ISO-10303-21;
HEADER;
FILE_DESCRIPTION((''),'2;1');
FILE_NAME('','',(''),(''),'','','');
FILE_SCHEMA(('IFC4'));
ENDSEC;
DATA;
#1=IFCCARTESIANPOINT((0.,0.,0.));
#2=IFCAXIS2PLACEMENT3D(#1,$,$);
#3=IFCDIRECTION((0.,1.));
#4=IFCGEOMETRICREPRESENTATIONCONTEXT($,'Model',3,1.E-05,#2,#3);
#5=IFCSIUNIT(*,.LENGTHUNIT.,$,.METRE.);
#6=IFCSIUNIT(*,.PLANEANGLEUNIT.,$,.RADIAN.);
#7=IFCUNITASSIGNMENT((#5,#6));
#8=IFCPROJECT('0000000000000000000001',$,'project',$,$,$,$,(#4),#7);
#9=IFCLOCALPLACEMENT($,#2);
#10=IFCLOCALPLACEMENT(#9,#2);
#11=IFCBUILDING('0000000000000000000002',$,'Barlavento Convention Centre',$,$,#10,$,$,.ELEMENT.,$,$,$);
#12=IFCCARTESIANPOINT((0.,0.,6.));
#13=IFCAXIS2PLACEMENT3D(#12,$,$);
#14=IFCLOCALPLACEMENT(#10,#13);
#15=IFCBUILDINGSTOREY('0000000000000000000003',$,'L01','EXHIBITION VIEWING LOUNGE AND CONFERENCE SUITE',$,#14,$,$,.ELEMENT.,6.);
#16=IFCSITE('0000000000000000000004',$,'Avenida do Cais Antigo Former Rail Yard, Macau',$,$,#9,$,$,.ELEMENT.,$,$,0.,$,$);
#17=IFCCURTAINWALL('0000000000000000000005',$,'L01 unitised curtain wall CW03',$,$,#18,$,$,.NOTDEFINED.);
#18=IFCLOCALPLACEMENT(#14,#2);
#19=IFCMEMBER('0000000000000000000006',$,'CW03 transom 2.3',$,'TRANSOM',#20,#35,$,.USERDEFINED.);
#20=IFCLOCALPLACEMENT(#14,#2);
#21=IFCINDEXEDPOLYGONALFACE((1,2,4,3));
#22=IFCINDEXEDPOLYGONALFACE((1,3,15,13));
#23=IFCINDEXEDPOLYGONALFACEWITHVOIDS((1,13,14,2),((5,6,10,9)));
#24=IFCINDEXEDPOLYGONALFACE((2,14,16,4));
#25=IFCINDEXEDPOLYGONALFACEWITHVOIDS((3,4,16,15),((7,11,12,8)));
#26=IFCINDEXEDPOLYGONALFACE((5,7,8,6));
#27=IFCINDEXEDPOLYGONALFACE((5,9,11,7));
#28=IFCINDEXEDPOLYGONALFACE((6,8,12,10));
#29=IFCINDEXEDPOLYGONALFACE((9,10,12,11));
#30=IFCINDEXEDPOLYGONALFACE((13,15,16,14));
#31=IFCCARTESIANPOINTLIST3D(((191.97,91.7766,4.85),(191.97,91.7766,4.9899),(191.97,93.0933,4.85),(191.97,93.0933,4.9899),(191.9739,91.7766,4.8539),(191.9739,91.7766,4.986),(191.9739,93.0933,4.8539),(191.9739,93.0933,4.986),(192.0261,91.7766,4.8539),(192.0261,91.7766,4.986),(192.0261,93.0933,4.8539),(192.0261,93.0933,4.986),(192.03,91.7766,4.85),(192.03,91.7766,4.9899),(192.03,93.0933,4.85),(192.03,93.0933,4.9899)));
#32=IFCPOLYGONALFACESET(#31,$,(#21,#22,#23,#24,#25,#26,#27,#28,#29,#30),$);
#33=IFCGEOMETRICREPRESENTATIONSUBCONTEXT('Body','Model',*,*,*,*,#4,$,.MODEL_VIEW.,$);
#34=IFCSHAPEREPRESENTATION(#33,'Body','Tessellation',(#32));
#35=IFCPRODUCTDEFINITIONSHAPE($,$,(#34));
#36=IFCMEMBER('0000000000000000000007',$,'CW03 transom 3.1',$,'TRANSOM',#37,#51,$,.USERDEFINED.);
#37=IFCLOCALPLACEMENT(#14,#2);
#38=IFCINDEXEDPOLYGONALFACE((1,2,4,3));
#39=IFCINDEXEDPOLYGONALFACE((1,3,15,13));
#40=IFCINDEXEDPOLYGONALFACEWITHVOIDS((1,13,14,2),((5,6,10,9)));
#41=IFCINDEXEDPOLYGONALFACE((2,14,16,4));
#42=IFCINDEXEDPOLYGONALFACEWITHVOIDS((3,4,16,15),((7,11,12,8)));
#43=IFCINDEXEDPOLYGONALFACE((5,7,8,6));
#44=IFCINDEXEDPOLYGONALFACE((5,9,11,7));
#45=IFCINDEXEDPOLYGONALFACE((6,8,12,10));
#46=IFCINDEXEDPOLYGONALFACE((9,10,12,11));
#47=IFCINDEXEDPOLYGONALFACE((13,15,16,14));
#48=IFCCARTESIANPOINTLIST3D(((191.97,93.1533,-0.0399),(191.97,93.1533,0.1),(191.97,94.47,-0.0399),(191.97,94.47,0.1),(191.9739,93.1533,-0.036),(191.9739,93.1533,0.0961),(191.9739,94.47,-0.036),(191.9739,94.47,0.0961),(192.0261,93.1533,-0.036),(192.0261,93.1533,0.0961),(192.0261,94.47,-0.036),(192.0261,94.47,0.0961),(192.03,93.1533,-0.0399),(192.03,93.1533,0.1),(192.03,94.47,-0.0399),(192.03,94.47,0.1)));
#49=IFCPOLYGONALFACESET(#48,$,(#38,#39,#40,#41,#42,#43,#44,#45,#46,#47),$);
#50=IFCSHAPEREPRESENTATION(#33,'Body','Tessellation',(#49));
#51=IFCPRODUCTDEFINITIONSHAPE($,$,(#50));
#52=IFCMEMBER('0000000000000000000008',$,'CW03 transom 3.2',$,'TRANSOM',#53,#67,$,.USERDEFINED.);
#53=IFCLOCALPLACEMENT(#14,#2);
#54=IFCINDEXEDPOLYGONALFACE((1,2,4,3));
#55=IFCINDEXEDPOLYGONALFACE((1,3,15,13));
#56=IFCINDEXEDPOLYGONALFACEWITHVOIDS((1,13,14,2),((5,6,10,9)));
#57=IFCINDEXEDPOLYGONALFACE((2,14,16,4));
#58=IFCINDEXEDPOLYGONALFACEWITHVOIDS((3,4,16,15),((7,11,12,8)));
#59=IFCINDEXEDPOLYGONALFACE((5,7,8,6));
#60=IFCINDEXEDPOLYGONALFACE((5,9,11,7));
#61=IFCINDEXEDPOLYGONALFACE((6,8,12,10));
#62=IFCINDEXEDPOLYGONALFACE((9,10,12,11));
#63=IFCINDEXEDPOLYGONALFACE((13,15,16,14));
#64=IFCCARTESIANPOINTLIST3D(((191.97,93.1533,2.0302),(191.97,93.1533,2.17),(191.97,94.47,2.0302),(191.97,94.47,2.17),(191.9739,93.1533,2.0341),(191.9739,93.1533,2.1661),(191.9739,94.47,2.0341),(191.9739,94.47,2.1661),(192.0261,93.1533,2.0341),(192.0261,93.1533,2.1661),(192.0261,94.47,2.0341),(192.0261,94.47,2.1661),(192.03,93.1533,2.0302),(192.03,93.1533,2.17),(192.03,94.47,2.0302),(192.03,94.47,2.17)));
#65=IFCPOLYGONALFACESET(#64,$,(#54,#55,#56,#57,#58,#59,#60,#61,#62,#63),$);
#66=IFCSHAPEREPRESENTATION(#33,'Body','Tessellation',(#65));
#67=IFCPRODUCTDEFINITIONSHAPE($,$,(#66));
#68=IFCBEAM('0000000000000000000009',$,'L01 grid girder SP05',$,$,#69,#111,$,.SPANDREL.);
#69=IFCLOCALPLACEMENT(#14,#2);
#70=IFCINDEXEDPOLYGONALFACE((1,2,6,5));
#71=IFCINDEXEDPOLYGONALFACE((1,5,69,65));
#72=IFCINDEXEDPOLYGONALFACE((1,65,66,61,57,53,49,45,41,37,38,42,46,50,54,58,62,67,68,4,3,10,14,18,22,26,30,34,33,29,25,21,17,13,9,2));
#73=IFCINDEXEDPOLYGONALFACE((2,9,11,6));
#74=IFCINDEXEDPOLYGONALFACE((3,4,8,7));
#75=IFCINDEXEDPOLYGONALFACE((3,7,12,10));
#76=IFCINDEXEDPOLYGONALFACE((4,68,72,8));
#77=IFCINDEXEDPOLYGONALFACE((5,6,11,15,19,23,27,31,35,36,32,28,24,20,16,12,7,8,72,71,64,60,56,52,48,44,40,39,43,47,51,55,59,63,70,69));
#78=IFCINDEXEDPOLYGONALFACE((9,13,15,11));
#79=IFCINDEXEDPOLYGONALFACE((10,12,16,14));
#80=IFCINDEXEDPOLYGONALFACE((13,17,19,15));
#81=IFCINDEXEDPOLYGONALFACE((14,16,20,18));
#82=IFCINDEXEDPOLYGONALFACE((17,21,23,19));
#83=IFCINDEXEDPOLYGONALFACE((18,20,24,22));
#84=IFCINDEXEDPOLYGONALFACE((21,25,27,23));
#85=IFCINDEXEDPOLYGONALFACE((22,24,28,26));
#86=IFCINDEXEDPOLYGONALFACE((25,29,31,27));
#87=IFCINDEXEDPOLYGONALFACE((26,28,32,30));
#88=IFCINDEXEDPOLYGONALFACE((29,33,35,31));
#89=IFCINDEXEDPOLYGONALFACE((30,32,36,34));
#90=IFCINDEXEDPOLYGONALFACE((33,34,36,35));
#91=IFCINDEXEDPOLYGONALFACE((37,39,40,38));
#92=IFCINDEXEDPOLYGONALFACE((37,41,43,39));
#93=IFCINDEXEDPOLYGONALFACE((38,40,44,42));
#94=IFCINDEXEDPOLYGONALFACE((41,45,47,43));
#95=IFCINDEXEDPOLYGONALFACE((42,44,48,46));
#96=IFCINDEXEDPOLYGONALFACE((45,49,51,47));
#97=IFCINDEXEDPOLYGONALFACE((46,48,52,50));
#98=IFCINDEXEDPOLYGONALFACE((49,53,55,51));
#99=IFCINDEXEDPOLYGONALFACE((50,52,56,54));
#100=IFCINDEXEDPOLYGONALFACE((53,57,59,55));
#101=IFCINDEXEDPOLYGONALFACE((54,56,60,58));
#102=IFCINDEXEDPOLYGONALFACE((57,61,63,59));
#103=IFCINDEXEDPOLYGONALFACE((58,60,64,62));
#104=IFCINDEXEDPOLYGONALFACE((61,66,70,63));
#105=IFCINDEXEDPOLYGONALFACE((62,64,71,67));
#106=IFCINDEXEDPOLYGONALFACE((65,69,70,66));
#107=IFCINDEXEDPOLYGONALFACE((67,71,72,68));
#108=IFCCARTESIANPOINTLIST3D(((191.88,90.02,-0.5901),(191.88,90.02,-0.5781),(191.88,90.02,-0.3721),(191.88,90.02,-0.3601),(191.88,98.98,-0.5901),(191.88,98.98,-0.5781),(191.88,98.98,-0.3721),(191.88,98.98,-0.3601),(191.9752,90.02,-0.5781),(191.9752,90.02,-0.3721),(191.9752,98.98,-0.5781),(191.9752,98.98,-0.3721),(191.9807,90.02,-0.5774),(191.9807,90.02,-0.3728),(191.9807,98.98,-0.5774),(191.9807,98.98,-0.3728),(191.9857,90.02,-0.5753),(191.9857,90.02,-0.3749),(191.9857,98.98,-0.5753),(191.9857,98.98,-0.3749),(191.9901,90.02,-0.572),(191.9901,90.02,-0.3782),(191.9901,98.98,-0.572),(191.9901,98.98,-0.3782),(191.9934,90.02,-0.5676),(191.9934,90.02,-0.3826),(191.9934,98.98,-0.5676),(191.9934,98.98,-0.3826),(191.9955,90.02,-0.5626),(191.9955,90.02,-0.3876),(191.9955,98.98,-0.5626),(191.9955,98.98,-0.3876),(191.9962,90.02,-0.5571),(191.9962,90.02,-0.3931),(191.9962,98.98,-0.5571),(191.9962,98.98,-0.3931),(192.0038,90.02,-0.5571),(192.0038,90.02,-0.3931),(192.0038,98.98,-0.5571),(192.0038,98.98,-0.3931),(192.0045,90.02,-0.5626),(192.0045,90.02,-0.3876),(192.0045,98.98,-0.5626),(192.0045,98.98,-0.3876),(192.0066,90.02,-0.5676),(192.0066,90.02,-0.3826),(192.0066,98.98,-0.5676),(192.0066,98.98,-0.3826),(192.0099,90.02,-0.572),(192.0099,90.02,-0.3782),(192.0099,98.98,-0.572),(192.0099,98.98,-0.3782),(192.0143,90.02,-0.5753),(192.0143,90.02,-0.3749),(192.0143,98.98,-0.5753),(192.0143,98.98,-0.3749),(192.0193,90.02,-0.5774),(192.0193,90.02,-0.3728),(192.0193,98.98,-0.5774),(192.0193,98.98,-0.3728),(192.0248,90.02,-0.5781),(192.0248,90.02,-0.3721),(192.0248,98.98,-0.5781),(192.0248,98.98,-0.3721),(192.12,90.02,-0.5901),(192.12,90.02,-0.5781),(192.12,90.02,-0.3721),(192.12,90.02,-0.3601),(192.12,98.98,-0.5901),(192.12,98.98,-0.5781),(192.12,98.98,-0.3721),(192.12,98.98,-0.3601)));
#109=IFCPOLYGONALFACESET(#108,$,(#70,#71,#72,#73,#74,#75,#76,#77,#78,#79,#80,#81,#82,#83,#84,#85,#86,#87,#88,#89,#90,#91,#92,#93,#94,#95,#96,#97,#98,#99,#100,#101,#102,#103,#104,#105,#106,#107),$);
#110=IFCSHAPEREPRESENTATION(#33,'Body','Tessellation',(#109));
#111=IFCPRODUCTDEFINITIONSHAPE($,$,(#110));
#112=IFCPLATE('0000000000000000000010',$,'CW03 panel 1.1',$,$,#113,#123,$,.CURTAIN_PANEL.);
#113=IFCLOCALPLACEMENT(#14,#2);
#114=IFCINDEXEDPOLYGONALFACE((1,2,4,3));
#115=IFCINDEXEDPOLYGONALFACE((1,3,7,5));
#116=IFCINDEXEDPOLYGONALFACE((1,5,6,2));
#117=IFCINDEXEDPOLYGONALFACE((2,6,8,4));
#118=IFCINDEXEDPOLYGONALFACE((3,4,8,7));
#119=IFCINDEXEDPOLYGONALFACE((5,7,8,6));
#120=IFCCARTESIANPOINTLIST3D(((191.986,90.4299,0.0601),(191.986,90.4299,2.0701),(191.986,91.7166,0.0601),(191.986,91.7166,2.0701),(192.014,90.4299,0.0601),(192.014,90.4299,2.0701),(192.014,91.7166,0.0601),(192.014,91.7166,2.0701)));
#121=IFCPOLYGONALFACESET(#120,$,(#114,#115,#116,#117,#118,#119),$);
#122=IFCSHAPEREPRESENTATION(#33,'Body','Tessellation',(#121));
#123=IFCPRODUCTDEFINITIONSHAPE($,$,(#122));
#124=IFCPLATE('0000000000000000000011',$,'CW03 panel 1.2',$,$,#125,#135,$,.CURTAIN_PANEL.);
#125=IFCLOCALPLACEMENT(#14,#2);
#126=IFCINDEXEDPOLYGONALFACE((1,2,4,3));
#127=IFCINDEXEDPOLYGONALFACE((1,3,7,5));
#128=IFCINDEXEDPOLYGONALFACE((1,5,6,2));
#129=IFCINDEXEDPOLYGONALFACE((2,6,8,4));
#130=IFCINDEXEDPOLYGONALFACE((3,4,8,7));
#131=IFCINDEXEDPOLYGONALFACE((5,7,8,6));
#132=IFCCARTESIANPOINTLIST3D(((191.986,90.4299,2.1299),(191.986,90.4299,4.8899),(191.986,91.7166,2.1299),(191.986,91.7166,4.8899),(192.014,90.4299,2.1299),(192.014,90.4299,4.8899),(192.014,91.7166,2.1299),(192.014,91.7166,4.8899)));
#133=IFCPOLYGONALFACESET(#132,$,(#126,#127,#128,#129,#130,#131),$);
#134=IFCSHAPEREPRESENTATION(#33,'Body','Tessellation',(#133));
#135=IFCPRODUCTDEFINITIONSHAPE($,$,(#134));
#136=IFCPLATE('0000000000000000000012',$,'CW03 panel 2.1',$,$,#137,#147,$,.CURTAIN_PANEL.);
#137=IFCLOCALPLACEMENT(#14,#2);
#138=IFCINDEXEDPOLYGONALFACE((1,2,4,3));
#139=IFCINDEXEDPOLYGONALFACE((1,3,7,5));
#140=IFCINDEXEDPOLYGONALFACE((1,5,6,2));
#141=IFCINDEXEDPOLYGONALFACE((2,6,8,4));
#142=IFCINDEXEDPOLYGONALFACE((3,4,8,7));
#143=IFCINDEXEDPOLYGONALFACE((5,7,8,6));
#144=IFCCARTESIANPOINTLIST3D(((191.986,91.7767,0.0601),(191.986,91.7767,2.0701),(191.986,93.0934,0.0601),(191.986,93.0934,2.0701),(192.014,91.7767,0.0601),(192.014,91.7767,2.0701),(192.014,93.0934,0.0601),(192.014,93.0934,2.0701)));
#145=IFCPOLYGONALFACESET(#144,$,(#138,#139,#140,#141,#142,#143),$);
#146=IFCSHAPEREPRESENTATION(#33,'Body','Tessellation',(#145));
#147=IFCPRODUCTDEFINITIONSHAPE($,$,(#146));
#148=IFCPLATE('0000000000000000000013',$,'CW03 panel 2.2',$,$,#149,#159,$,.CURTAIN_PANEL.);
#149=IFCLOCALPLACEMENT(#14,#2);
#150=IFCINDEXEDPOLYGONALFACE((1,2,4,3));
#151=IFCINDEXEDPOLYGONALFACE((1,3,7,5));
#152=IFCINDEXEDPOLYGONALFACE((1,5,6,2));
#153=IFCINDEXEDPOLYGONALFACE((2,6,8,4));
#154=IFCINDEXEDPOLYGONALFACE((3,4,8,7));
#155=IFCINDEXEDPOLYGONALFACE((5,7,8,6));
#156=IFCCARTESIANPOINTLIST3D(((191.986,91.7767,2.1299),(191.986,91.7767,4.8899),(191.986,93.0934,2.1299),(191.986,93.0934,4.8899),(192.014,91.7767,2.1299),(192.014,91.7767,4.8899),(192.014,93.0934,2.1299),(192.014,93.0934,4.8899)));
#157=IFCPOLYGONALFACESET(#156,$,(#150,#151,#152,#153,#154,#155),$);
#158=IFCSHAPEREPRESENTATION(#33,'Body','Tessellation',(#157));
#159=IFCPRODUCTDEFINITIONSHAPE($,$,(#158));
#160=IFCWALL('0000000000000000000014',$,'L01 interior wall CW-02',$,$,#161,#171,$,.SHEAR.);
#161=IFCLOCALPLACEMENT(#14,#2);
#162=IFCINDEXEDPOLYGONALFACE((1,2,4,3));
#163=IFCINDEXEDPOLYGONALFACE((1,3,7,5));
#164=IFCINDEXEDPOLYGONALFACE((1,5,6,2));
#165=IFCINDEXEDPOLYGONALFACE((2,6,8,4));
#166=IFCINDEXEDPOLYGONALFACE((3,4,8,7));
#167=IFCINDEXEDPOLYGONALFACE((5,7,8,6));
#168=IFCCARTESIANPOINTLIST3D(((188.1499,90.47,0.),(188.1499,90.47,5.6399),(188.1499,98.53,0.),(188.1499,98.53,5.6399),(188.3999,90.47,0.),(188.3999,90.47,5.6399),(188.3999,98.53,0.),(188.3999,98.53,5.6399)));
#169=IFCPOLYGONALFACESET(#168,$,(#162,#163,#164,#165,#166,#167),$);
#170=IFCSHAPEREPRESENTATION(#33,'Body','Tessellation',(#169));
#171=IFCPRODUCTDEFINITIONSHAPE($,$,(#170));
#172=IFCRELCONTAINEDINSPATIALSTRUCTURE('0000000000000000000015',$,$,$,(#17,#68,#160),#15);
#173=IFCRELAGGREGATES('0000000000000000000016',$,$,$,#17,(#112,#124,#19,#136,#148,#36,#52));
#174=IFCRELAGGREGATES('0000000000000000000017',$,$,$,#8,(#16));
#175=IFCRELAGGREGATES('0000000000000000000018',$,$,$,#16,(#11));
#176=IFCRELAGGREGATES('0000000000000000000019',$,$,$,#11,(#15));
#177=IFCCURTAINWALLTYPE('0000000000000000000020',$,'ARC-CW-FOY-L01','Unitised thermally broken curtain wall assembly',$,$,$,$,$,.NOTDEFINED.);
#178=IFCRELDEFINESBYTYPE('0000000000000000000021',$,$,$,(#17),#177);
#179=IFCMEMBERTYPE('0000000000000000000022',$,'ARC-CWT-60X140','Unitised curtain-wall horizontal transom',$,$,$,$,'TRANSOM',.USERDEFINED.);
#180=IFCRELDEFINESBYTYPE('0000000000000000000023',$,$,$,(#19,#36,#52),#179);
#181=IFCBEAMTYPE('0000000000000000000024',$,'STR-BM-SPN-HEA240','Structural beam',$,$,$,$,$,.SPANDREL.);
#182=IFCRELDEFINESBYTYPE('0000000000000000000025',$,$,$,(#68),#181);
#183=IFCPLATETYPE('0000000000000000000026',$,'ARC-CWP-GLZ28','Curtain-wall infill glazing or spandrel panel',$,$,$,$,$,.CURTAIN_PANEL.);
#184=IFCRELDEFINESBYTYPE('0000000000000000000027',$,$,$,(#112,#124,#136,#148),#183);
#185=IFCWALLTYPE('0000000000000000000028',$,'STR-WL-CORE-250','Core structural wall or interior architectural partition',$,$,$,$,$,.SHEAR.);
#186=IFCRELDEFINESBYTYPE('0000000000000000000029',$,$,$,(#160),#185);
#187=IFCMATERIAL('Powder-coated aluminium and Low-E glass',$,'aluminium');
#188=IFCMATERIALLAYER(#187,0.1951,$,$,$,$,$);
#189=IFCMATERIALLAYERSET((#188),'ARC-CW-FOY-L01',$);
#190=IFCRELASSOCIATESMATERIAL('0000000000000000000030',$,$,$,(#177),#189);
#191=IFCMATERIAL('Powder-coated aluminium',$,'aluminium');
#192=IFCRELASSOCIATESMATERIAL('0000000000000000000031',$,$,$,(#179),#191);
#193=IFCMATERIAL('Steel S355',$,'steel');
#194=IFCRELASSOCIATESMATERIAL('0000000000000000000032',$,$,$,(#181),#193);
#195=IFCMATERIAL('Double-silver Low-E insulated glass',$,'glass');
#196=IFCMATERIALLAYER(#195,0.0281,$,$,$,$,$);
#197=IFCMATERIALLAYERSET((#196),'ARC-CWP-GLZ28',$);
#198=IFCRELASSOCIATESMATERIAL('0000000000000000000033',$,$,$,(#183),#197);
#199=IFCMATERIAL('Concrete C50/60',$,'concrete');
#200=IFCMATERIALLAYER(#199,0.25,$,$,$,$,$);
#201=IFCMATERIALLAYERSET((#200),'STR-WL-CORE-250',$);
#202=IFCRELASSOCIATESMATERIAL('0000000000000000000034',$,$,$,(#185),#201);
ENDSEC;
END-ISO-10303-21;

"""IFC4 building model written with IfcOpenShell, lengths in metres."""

from ifc_helpers import new_model, si_unit, direction, frame, frame_2d, origin, origin_2d, place, context, subcontext, project, spatial, rectangle, hollow_rectangle, i_section, extrude, material, layer, layer_set, material_profile, profile_set, type_object, element, aggregate, save


model = new_model("IFC4")

# Units and contexts
model_context = context("Model", 3, precision=1e-05, world=origin(), true_north=direction((0.0, 1.0)))
body_context = subcontext(model_context, "Body", "Model", "MODEL_VIEW")
ifc_project = project(units=[si_unit("LENGTHUNIT", "METRE"), si_unit("PLANEANGLEUNIT", "RADIAN")], contexts=[model_context])

# Site, building, storey
site_placement = place(None, origin())
site = spatial("IfcSite", under=ifc_project, at=site_placement, Name="Avenida do Cais Antigo Former Rail Yard, Macau", CompositionType="ELEMENT", RefElevation=0.0)
building_placement = place(site_placement, origin())
building = spatial("IfcBuilding", under=site, at=building_placement, Name="Barlavento Convention Centre", CompositionType="ELEMENT")
storey_placement = place(building_placement, frame((0.0, 0.0, 6.0)))
storey = spatial("IfcBuildingStorey", under=building, at=storey_placement, Name="L01", Description="EXHIBITION VIEWING LOUNGE AND CONFERENCE SUITE", CompositionType="ELEMENT", Elevation=6.0)

# Shared definitions
ifc_material_1 = material(Name="Steel S355", Category="steel")

# Curtain wall, members
ifc_material_2 = material(Name="Powder-coated aluminium and Low-E glass", Category="aluminium")
ifc_layer_1 = layer(ifc_material_2, 0.1951)
ifc_layer_set_1 = layer_set([ifc_layer_1], Name="ARC-CW-FOY-L01")
curtain_wall_type = type_object("IfcCurtainWallType", Name="ARC-CW-FOY-L01", Description="Unitised thermally broken curtain wall assembly", PredefinedType="NOTDEFINED", material=ifc_layer_set_1)
curtain_wall_placement = place(storey_placement, origin())
curtain_wall = element("IfcCurtainWall", 1, at=curtain_wall_placement, inside=storey, type_object=curtain_wall_type, Name="L01 unitised curtain wall CW03", PredefinedType="NOTDEFINED")
ifc_material_3 = material(Name="Powder-coated aluminium", Category="aluminium")
ifc_material_profile_1 = material_profile(ifc_material_3, hollow_rectangle(XDim=0.0601, YDim=0.1399, WallThickness=0.0039, at=origin_2d()), Name="AL-TRAN 60x140x4")
ifc_profile_set_1 = profile_set([ifc_material_profile_1], Name="Powder-coated aluminium")
member_type_1 = type_object("IfcMemberType", Name="ARC-CWT-60X140", Description="Unitised curtain-wall horizontal transom", ElementType="TRANSOM", PredefinedType="USERDEFINED", material=ifc_profile_set_1)
member_1_placement = place(storey_placement, frame((192.0, 91.7766, 4.9199), z_axis=(0.0, 1.0, 0.0), x_axis=(-1.0, 0.0, 0.0)))
member_1 = element("IfcMember", 2, at=member_1_placement, type_object=member_type_1, Name="CW03 transom 2.3", ObjectType="TRANSOM", PredefinedType="USERDEFINED", context=body_context, shape_type="SweptSolid", body=[
    extrude(hollow_rectangle(XDim=0.0601, YDim=0.1399, WallThickness=0.0039, at=origin_2d()), origin(), (0.0, 0.0, 1.0), 1.3167),
])
member_2_placement = place(storey_placement, frame((192.0, 93.1533, 0.03), z_axis=(0.0, 1.0, 0.0), x_axis=(-1.0, 0.0, 0.0)))
member_2 = element("IfcMember", 3, at=member_2_placement, type_object=member_type_1, Name="CW03 transom 3.1", ObjectType="TRANSOM", PredefinedType="USERDEFINED", context=body_context, shape_type="SweptSolid", body=[
    extrude(hollow_rectangle(XDim=0.0601, YDim=0.1399, WallThickness=0.0039, at=origin_2d()), origin(), (0.0, 0.0, 1.0), 1.3167),
])
member_3_placement = place(storey_placement, frame((192.0, 93.1533, 2.1001), z_axis=(0.0, 1.0, 0.0), x_axis=(-1.0, 0.0, 0.0)))
member_3 = element("IfcMember", 4, at=member_3_placement, type_object=member_type_1, Name="CW03 transom 3.2", ObjectType="TRANSOM", PredefinedType="USERDEFINED", context=body_context, shape_type="SweptSolid", body=[
    extrude(hollow_rectangle(XDim=0.0601, YDim=0.1399, WallThickness=0.0039, at=origin_2d()), origin(), (0.0, 0.0, 1.0), 1.3167),
])

# Beam
ifc_material_profile_2 = material_profile(ifc_material_1, i_section(OverallWidth=0.24, OverallDepth=0.23, WebThickness=0.0076, FlangeThickness=0.012, FilletRadius=0.021, at=origin_2d()), Name="HEA 240")
ifc_profile_set_2 = profile_set([ifc_material_profile_2], Name="Steel S355")
beam_type = type_object("IfcBeamType", Name="STR-BM-SPN-HEA240", Description="Structural beam", PredefinedType="SPANDREL", material=ifc_profile_set_2)
beam_placement = place(storey_placement, frame((192.0, 90.02, -0.4751), z_axis=(0.0, 1.0, 0.0), x_axis=(-1.0, 0.0, 0.0)))
element("IfcBeam", 5, at=beam_placement, inside=storey, type_object=beam_type, Name="L01 grid girder SP05", PredefinedType="SPANDREL", context=body_context, shape_type="SweptSolid", body=[
    extrude(i_section(OverallWidth=0.24, OverallDepth=0.23, WebThickness=0.0076, FlangeThickness=0.012, FilletRadius=0.021, at=origin_2d()), origin(), (0.0, 0.0, 1.0), 8.96),
])

# Plates
ifc_material_4 = material(Name="Double-silver Low-E insulated glass", Category="glass")
ifc_layer_2 = layer(ifc_material_4, 0.0281)
ifc_layer_set_2 = layer_set([ifc_layer_2], Name="ARC-CWP-GLZ28")
plate_type = type_object("IfcPlateType", Name="ARC-CWP-GLZ28", Description="Curtain-wall infill glazing or spandrel panel", PredefinedType="CURTAIN_PANEL", material=ifc_layer_set_2)
plate_1_placement = place(storey_placement, frame((192.0, 91.0732, 0.0601), z_axis=(0.0, 0.0, 1.0), x_axis=(0.0, 1.0, 0.0)))
plate_1 = element("IfcPlate", 6, at=plate_1_placement, type_object=plate_type, Name="CW03 panel 1.1", PredefinedType="CURTAIN_PANEL", context=body_context, shape_type="SweptSolid", body=[
    extrude(rectangle(XDim=1.2866, YDim=0.0281, at=origin_2d()), origin(), (0.0, 0.0, 1.0), 2.01),
])
plate_2_placement = place(storey_placement, frame((192.0, 91.0732, 2.1299), z_axis=(0.0, 0.0, 1.0), x_axis=(0.0, 1.0, 0.0)))
plate_2 = element("IfcPlate", 7, at=plate_2_placement, type_object=plate_type, Name="CW03 panel 1.2", PredefinedType="CURTAIN_PANEL", context=body_context, shape_type="SweptSolid", body=[
    extrude(rectangle(XDim=1.2866, YDim=0.0281, at=origin_2d()), origin(), (0.0, 0.0, 1.0), 2.76),
])
plate_3_placement = place(storey_placement, frame((192.0, 92.4351, 0.0601), z_axis=(0.0, 0.0, 1.0), x_axis=(0.0, 1.0, 0.0)))
plate_3 = element("IfcPlate", 8, at=plate_3_placement, type_object=plate_type, Name="CW03 panel 2.1", PredefinedType="CURTAIN_PANEL", context=body_context, shape_type="SweptSolid", body=[
    extrude(rectangle(XDim=1.3167, YDim=0.0281, at=origin_2d()), origin(), (0.0, 0.0, 1.0), 2.01),
])
plate_4_placement = place(storey_placement, frame((192.0, 92.4351, 2.1299), z_axis=(0.0, 0.0, 1.0), x_axis=(0.0, 1.0, 0.0)))
plate_4 = element("IfcPlate", 9, at=plate_4_placement, type_object=plate_type, Name="CW03 panel 2.2", PredefinedType="CURTAIN_PANEL", context=body_context, shape_type="SweptSolid", body=[
    extrude(rectangle(XDim=1.3167, YDim=0.0281, at=origin_2d()), origin(), (0.0, 0.0, 1.0), 2.76),
])
aggregate(curtain_wall, [plate_1, plate_2, member_1, plate_3, plate_4, member_2, member_3])

# Wall
ifc_material_5 = material(Name="Concrete C50/60", Category="concrete")
ifc_layer_3 = layer(ifc_material_5, 0.25)
ifc_layer_set_3 = layer_set([ifc_layer_3], Name="STR-WL-CORE-250")
wall_type = type_object("IfcWallType", Name="STR-WL-CORE-250", Description="Core structural wall or interior architectural partition", PredefinedType="SHEAR", material=ifc_layer_set_3)
wall_placement = place(storey_placement, frame((188.2749, 90.47, 0.0), z_axis=(0.0, 0.0, 1.0), x_axis=(0.0, 1.0, 0.0)))
element("IfcWall", 10, at=wall_placement, inside=storey, type_object=wall_type, Name="L01 interior wall CW-02", PredefinedType="SHEAR", context=body_context, shape_type="SweptSolid", body=[
    extrude(rectangle(XDim=8.0601, YDim=0.25, at=frame_2d((4.03, 0.0))), origin(), (0.0, 0.0, 1.0), 5.6399),
])

save(model, "model.ifc")
